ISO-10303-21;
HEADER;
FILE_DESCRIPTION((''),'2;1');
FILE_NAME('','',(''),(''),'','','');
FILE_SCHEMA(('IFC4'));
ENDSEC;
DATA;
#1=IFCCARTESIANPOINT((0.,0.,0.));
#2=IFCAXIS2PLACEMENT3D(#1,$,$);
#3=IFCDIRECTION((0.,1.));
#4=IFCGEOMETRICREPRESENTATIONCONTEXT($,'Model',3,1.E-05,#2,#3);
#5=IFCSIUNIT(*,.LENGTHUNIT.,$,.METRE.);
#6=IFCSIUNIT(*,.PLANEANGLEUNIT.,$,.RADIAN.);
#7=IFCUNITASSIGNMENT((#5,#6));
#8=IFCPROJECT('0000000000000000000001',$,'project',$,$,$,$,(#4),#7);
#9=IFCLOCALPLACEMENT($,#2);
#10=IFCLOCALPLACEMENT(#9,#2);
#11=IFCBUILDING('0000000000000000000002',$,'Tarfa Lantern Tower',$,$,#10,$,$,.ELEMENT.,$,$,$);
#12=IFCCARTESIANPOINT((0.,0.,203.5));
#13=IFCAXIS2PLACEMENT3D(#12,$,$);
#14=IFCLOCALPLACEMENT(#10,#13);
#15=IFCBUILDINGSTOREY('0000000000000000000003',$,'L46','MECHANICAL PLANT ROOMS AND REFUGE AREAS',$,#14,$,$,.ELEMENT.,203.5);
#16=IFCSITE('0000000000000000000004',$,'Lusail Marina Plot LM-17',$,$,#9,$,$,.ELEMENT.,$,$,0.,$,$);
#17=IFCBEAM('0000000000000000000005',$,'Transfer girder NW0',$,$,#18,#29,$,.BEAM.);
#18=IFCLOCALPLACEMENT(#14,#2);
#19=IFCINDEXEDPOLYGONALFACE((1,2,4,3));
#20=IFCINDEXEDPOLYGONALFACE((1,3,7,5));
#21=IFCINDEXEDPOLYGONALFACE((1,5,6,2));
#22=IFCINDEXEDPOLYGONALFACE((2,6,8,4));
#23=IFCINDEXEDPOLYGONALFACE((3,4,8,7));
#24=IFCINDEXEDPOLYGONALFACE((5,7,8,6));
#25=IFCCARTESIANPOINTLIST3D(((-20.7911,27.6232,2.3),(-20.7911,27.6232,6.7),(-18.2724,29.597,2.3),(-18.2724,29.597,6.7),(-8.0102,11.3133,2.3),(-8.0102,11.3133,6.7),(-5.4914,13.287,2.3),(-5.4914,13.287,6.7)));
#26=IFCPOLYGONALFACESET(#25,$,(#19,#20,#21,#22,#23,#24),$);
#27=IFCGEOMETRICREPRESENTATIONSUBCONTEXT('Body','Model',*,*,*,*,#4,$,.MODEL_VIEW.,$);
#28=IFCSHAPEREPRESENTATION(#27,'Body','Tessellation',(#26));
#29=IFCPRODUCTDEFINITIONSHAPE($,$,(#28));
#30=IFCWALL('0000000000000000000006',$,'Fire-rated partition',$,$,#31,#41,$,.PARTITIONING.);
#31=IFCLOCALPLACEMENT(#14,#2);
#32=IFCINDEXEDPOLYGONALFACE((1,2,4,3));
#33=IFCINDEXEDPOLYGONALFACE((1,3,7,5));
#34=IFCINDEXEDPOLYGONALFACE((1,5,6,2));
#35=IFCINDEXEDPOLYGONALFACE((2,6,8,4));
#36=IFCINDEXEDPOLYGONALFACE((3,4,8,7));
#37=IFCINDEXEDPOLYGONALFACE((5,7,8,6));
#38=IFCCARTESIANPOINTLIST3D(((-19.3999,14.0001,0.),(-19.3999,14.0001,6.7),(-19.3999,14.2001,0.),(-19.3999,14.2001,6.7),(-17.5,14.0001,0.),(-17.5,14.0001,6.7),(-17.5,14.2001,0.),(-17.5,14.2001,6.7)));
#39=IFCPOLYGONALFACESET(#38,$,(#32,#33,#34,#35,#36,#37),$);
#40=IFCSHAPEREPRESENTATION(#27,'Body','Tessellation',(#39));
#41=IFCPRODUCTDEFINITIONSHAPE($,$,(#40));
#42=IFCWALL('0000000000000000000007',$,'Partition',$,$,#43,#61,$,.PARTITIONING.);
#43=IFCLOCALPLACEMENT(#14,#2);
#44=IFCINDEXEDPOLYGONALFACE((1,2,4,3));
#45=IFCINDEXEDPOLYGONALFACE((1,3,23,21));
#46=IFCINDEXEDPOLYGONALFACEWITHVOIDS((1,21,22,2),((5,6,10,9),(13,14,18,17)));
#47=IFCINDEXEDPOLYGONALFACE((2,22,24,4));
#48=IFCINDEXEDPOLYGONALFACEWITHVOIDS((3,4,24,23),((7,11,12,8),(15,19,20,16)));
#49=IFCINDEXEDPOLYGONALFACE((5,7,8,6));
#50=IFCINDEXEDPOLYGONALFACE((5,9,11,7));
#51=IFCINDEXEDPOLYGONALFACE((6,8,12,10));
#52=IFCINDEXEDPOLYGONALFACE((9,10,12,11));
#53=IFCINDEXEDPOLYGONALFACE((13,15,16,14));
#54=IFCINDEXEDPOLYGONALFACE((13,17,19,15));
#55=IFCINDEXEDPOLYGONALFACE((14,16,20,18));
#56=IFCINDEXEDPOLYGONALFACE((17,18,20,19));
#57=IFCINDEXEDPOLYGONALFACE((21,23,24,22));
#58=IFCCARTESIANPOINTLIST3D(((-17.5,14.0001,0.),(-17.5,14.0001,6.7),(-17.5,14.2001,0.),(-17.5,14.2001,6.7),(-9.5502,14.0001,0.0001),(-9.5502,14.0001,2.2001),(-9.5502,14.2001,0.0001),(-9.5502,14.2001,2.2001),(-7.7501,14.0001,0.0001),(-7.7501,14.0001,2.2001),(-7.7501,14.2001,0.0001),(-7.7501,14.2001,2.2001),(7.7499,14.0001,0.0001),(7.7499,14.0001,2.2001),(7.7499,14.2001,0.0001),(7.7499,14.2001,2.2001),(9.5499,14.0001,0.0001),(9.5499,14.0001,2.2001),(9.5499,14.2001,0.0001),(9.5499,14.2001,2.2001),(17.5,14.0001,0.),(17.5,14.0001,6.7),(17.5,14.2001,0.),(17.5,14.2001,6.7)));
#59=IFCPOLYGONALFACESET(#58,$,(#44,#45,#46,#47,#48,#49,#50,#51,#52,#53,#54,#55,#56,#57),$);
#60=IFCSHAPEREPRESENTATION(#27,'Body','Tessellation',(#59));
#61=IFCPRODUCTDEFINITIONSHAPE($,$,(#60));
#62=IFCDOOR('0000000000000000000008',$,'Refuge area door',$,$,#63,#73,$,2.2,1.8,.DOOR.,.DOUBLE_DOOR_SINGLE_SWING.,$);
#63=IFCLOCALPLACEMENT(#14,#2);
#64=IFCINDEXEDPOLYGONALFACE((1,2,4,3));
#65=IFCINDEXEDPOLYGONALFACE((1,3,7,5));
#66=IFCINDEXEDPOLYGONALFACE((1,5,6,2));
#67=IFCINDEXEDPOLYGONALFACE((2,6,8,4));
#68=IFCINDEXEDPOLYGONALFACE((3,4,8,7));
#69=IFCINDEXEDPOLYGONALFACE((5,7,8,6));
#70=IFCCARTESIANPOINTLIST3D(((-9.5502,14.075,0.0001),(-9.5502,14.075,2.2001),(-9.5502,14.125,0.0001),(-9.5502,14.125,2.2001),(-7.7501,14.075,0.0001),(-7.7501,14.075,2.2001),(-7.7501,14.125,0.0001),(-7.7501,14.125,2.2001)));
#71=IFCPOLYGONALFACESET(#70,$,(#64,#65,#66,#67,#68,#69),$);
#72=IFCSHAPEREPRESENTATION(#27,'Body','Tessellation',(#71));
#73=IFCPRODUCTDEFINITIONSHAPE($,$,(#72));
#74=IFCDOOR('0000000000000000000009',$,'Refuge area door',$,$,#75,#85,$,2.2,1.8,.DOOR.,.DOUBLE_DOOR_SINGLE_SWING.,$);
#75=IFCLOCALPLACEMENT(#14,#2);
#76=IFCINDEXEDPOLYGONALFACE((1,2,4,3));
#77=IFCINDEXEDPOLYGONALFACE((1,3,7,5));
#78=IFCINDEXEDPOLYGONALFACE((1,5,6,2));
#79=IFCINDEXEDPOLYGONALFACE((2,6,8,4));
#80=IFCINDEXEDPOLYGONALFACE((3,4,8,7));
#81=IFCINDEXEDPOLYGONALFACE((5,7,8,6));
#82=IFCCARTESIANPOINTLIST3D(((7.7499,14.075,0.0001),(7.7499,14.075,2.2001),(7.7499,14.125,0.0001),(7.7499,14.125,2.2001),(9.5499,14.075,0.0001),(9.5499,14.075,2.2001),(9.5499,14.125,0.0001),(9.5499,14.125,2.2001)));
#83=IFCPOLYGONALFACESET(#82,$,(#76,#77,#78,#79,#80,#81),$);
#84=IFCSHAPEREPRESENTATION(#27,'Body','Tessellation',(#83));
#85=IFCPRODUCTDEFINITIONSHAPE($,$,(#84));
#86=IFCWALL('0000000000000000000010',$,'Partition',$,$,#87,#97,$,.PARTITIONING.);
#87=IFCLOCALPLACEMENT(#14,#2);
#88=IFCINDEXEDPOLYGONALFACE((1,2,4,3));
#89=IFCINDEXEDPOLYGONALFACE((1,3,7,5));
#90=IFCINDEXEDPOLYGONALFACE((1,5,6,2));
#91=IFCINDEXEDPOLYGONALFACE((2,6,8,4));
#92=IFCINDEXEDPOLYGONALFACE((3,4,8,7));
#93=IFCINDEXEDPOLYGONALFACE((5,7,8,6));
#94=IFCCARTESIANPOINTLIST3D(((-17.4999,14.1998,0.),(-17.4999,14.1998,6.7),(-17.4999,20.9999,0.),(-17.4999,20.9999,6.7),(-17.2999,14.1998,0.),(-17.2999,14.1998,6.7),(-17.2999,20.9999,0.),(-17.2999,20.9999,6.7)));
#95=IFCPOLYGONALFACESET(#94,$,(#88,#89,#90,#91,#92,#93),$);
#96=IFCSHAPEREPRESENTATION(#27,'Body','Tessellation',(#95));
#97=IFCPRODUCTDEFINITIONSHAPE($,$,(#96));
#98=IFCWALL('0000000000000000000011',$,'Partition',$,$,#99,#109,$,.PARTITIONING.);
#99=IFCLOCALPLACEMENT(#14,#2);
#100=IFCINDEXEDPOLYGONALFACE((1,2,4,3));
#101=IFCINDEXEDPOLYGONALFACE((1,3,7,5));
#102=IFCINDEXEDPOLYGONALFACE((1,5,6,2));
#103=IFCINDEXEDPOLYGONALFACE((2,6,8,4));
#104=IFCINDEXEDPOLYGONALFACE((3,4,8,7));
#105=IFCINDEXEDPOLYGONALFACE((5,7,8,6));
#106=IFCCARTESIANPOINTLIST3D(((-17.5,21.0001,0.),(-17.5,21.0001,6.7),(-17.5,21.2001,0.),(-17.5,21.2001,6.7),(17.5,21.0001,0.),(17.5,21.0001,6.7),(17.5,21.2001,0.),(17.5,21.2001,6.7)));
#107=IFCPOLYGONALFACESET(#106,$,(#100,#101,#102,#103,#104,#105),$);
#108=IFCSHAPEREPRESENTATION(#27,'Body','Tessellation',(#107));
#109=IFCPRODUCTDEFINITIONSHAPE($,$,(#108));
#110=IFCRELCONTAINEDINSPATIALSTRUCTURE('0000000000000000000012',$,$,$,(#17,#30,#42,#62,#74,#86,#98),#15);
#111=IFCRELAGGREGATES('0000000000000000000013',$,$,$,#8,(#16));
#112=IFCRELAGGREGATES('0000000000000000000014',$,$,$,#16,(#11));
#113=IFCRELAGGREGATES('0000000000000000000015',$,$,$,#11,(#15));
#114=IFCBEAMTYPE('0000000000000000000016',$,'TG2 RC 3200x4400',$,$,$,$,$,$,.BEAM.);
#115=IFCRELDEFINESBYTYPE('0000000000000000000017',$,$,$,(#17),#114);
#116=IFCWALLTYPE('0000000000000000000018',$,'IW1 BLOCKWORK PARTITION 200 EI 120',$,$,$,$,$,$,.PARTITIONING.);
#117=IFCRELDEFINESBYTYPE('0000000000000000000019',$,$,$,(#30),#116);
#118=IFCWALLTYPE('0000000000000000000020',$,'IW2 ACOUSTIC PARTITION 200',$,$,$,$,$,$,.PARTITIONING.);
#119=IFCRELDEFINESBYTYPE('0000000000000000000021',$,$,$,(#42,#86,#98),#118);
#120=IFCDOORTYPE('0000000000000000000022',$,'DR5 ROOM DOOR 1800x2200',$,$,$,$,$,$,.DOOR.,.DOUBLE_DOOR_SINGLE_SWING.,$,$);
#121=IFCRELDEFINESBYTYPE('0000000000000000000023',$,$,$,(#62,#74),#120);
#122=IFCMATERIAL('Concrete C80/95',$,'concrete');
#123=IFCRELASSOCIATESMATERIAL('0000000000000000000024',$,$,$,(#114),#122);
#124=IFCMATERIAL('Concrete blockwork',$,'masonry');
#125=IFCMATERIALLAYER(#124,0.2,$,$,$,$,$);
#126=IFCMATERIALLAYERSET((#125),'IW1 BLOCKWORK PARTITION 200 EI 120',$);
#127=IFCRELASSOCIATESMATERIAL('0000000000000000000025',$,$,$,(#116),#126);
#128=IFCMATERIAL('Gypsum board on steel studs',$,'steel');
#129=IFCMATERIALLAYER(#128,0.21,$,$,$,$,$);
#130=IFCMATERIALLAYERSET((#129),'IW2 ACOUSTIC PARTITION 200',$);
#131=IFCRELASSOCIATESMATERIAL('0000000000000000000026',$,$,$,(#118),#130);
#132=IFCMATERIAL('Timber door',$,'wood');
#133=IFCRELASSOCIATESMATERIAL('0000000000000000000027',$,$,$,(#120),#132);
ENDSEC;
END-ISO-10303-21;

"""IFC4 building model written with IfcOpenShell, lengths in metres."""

from ifc_helpers import new_model, si_unit, direction, frame, frame_2d, origin, origin_2d, place, context, subcontext, project, spatial, rectangle, extrude, material, layer, layer_set, material_profile, profile_set, type_object, element, fill, save


model = new_model("IFC4")

# Units and contexts
model_context = context("Model", 3, precision=1e-05, world=origin(), true_north=direction((0.0, 1.0)))
body_context = subcontext(model_context, "Body", "Model", "MODEL_VIEW")
ifc_project = project(units=[si_unit("LENGTHUNIT", "METRE"), si_unit("PLANEANGLEUNIT", "RADIAN")], contexts=[model_context])

# Site, building, storey
site_placement = place(None, origin())
site = spatial("IfcSite", under=ifc_project, at=site_placement, Name="Lusail Marina Plot LM-17", CompositionType="ELEMENT", RefElevation=0.0)
building_placement = place(site_placement, origin())
building = spatial("IfcBuilding", under=site, at=building_placement, Name="Tarfa Lantern Tower", CompositionType="ELEMENT")
storey_placement = place(building_placement, frame((0.0, 0.0, 203.5)))
storey = spatial("IfcBuildingStorey", under=building, at=storey_placement, Name="L46", Description="MECHANICAL PLANT ROOMS AND REFUGE AREAS", CompositionType="ELEMENT", Elevation=203.5)

# Shared definitions
ifc_material_1 = material(Name="Concrete C80/95", Category="concrete")

# Beam
ifc_material_profile_1 = material_profile(ifc_material_1, rectangle(XDim=3.2, YDim=4.3999, at=origin_2d()), Name="RC 3200x4400")
ifc_profile_set_1 = profile_set([ifc_material_profile_1], Name="Concrete C80/95")
beam_type_1 = type_object("IfcBeamType", Name="TG2 RC 3200x4400", PredefinedType="BEAM", material=ifc_profile_set_1)
beam_1_placement = place(storey_placement, frame((-19.5317, 28.6101, 4.5), z_axis=(0.616805, -0.787116, 0.0), x_axis=(0.787116, 0.616805, 0.0)))
element("IfcBeam", 1, at=beam_1_placement, inside=storey, type_object=beam_type_1, Name="Transfer girder NW0", PredefinedType="BEAM", context=body_context, shape_type="SweptSolid", body=[
    extrude(rectangle(XDim=3.2, YDim=4.3999, at=origin_2d()), origin(), (0.0, 0.0, 1.0), 20.7212),
])

# Wall
ifc_material_2 = material(Name="Concrete blockwork", Category="masonry")
ifc_layer_1 = layer(ifc_material_2, 0.2)
ifc_layer_set_1 = layer_set([ifc_layer_1], Name="IW1 BLOCKWORK PARTITION 200 EI 120")
wall_type_1 = type_object("IfcWallType", Name="IW1 BLOCKWORK PARTITION 200 EI 120", PredefinedType="PARTITIONING", material=ifc_layer_set_1)
wall_1_placement = place(storey_placement, frame((-19.3999, 14.1001, 0.0), z_axis=(0.0, 0.0, 1.0), x_axis=(1.0, 0.0, 0.0)))
element("IfcWall", 2, at=wall_1_placement, inside=storey, type_object=wall_type_1, Name="Fire-rated partition", PredefinedType="PARTITIONING", context=body_context, shape_type="SweptSolid", body=[
    extrude(rectangle(XDim=1.8999, YDim=0.2, at=frame_2d((0.95, 0.0))), origin(), (0.0, 0.0, 1.0), 6.7),
])

# Wall, openings, doors
ifc_material_3 = material(Name="Gypsum board on steel studs", Category="steel")
ifc_layer_2 = layer(ifc_material_3, 0.21)
ifc_layer_set_2 = layer_set([ifc_layer_2], Name="IW2 ACOUSTIC PARTITION 200")
wall_type_2 = type_object("IfcWallType", Name="IW2 ACOUSTIC PARTITION 200", PredefinedType="PARTITIONING", material=ifc_layer_set_2)
wall_2_placement = place(storey_placement, frame((-17.5, 14.1001, 0.0), z_axis=(0.0, 0.0, 1.0), x_axis=(1.0, 0.0, 0.0)))
wall_2 = element("IfcWall", 3, at=wall_2_placement, inside=storey, type_object=wall_type_2, Name="Partition", PredefinedType="PARTITIONING", context=body_context, shape_type="SweptSolid", body=[
    extrude(rectangle(XDim=35.0, YDim=0.2, at=frame_2d((17.5, 0.0))), origin(), (0.0, 0.0, 1.0), 6.7),
])
opening_1_placement = place(wall_2_placement, frame((7.95, 0.0, 0.0)))
opening_1 = element("IfcOpeningElement", 4, at=opening_1_placement, cuts=wall_2, PredefinedType="OPENING", context=body_context, shape_type="SweptSolid", body=[
    extrude(rectangle(XDim=1.8, YDim=2.2, at=frame_2d((0.8999, 1.1001))), frame((0.0, 0.1099, 0.0), z_axis=(0.0, -1.0, 0.0), x_axis=(1.0, 0.0, 0.0)), (0.0, 0.0, 1.0), 0.22),
])
opening_2_placement = place(wall_2_placement, frame((25.25, 0.0, 0.0)))
opening_2 = element("IfcOpeningElement", 5, at=opening_2_placement, cuts=wall_2, PredefinedType="OPENING", context=body_context, shape_type="SweptSolid", body=[
    extrude(rectangle(XDim=1.8, YDim=2.2, at=frame_2d((0.8999, 1.1001))), frame((0.0, 0.1099, 0.0), z_axis=(0.0, -1.0, 0.0), x_axis=(1.0, 0.0, 0.0)), (0.0, 0.0, 1.0), 0.22),
])
ifc_material_4 = material(Name="Timber door", Category="wood")
door_type_1 = type_object("IfcDoorType", Name="DR5 ROOM DOOR 1800x2200", OperationType="DOUBLE_DOOR_SINGLE_SWING", PredefinedType="DOOR", material=ifc_material_4)
door_1_placement = place(opening_1_placement, origin())
door_1 = element("IfcDoor", 6, at=door_1_placement, inside=storey, type_object=door_type_1, Name="Refuge area door", OperationType="DOUBLE_DOOR_SINGLE_SWING", OverallHeight=2.2, OverallWidth=1.8, PredefinedType="DOOR", context=body_context, shape_type="SweptSolid", body=[
    extrude(rectangle(XDim=1.8, YDim=2.2, at=frame_2d((0.8999, 1.1001))), frame((0.0, 0.0249, 0.0), z_axis=(0.0, -1.0, 0.0), x_axis=(1.0, 0.0, 0.0)), (0.0, 0.0, 1.0), 0.05),
])
fill(opening_1, door_1)
door_2_placement = place(opening_2_placement, origin())
door_2 = element("IfcDoor", 7, at=door_2_placement, inside=storey, type_object=door_type_1, Name="Refuge area door", OperationType="DOUBLE_DOOR_SINGLE_SWING", OverallHeight=2.2, OverallWidth=1.8, PredefinedType="DOOR", context=body_context, shape_type="SweptSolid", body=[
    extrude(rectangle(XDim=1.8, YDim=2.2, at=frame_2d((0.8999, 1.1001))), frame((0.0, 0.0249, 0.0), z_axis=(0.0, -1.0, 0.0), x_axis=(1.0, 0.0, 0.0)), (0.0, 0.0, 1.0), 0.05),
])
fill(opening_2, door_2)

# Walls
wall_3_placement = place(storey_placement, frame((-17.3999, 14.2, 0.0), z_axis=(0.0, 0.0, 1.0), x_axis=(0.0, 1.0, 0.0)))
element("IfcWall", 8, at=wall_3_placement, inside=storey, type_object=wall_type_2, Name="Partition", PredefinedType="PARTITIONING", context=body_context, shape_type="SweptSolid", body=[
    extrude(rectangle(XDim=6.8, YDim=0.2, at=frame_2d((3.3999, 0.0))), origin(), (0.0, 0.0, 1.0), 6.7),
])
wall_4_placement = place(storey_placement, frame((-17.5, 21.1001, 0.0), z_axis=(0.0, 0.0, 1.0), x_axis=(1.0, 0.0, 0.0)))
element("IfcWall", 9, at=wall_4_placement, inside=storey, type_object=wall_type_2, Name="Partition", PredefinedType="PARTITIONING", context=body_context, shape_type="SweptSolid", body=[
    extrude(rectangle(XDim=35.0, YDim=0.2, at=frame_2d((17.5, 0.0))), origin(), (0.0, 0.0, 1.0), 6.7),
])

save(model, "model.ifc")
